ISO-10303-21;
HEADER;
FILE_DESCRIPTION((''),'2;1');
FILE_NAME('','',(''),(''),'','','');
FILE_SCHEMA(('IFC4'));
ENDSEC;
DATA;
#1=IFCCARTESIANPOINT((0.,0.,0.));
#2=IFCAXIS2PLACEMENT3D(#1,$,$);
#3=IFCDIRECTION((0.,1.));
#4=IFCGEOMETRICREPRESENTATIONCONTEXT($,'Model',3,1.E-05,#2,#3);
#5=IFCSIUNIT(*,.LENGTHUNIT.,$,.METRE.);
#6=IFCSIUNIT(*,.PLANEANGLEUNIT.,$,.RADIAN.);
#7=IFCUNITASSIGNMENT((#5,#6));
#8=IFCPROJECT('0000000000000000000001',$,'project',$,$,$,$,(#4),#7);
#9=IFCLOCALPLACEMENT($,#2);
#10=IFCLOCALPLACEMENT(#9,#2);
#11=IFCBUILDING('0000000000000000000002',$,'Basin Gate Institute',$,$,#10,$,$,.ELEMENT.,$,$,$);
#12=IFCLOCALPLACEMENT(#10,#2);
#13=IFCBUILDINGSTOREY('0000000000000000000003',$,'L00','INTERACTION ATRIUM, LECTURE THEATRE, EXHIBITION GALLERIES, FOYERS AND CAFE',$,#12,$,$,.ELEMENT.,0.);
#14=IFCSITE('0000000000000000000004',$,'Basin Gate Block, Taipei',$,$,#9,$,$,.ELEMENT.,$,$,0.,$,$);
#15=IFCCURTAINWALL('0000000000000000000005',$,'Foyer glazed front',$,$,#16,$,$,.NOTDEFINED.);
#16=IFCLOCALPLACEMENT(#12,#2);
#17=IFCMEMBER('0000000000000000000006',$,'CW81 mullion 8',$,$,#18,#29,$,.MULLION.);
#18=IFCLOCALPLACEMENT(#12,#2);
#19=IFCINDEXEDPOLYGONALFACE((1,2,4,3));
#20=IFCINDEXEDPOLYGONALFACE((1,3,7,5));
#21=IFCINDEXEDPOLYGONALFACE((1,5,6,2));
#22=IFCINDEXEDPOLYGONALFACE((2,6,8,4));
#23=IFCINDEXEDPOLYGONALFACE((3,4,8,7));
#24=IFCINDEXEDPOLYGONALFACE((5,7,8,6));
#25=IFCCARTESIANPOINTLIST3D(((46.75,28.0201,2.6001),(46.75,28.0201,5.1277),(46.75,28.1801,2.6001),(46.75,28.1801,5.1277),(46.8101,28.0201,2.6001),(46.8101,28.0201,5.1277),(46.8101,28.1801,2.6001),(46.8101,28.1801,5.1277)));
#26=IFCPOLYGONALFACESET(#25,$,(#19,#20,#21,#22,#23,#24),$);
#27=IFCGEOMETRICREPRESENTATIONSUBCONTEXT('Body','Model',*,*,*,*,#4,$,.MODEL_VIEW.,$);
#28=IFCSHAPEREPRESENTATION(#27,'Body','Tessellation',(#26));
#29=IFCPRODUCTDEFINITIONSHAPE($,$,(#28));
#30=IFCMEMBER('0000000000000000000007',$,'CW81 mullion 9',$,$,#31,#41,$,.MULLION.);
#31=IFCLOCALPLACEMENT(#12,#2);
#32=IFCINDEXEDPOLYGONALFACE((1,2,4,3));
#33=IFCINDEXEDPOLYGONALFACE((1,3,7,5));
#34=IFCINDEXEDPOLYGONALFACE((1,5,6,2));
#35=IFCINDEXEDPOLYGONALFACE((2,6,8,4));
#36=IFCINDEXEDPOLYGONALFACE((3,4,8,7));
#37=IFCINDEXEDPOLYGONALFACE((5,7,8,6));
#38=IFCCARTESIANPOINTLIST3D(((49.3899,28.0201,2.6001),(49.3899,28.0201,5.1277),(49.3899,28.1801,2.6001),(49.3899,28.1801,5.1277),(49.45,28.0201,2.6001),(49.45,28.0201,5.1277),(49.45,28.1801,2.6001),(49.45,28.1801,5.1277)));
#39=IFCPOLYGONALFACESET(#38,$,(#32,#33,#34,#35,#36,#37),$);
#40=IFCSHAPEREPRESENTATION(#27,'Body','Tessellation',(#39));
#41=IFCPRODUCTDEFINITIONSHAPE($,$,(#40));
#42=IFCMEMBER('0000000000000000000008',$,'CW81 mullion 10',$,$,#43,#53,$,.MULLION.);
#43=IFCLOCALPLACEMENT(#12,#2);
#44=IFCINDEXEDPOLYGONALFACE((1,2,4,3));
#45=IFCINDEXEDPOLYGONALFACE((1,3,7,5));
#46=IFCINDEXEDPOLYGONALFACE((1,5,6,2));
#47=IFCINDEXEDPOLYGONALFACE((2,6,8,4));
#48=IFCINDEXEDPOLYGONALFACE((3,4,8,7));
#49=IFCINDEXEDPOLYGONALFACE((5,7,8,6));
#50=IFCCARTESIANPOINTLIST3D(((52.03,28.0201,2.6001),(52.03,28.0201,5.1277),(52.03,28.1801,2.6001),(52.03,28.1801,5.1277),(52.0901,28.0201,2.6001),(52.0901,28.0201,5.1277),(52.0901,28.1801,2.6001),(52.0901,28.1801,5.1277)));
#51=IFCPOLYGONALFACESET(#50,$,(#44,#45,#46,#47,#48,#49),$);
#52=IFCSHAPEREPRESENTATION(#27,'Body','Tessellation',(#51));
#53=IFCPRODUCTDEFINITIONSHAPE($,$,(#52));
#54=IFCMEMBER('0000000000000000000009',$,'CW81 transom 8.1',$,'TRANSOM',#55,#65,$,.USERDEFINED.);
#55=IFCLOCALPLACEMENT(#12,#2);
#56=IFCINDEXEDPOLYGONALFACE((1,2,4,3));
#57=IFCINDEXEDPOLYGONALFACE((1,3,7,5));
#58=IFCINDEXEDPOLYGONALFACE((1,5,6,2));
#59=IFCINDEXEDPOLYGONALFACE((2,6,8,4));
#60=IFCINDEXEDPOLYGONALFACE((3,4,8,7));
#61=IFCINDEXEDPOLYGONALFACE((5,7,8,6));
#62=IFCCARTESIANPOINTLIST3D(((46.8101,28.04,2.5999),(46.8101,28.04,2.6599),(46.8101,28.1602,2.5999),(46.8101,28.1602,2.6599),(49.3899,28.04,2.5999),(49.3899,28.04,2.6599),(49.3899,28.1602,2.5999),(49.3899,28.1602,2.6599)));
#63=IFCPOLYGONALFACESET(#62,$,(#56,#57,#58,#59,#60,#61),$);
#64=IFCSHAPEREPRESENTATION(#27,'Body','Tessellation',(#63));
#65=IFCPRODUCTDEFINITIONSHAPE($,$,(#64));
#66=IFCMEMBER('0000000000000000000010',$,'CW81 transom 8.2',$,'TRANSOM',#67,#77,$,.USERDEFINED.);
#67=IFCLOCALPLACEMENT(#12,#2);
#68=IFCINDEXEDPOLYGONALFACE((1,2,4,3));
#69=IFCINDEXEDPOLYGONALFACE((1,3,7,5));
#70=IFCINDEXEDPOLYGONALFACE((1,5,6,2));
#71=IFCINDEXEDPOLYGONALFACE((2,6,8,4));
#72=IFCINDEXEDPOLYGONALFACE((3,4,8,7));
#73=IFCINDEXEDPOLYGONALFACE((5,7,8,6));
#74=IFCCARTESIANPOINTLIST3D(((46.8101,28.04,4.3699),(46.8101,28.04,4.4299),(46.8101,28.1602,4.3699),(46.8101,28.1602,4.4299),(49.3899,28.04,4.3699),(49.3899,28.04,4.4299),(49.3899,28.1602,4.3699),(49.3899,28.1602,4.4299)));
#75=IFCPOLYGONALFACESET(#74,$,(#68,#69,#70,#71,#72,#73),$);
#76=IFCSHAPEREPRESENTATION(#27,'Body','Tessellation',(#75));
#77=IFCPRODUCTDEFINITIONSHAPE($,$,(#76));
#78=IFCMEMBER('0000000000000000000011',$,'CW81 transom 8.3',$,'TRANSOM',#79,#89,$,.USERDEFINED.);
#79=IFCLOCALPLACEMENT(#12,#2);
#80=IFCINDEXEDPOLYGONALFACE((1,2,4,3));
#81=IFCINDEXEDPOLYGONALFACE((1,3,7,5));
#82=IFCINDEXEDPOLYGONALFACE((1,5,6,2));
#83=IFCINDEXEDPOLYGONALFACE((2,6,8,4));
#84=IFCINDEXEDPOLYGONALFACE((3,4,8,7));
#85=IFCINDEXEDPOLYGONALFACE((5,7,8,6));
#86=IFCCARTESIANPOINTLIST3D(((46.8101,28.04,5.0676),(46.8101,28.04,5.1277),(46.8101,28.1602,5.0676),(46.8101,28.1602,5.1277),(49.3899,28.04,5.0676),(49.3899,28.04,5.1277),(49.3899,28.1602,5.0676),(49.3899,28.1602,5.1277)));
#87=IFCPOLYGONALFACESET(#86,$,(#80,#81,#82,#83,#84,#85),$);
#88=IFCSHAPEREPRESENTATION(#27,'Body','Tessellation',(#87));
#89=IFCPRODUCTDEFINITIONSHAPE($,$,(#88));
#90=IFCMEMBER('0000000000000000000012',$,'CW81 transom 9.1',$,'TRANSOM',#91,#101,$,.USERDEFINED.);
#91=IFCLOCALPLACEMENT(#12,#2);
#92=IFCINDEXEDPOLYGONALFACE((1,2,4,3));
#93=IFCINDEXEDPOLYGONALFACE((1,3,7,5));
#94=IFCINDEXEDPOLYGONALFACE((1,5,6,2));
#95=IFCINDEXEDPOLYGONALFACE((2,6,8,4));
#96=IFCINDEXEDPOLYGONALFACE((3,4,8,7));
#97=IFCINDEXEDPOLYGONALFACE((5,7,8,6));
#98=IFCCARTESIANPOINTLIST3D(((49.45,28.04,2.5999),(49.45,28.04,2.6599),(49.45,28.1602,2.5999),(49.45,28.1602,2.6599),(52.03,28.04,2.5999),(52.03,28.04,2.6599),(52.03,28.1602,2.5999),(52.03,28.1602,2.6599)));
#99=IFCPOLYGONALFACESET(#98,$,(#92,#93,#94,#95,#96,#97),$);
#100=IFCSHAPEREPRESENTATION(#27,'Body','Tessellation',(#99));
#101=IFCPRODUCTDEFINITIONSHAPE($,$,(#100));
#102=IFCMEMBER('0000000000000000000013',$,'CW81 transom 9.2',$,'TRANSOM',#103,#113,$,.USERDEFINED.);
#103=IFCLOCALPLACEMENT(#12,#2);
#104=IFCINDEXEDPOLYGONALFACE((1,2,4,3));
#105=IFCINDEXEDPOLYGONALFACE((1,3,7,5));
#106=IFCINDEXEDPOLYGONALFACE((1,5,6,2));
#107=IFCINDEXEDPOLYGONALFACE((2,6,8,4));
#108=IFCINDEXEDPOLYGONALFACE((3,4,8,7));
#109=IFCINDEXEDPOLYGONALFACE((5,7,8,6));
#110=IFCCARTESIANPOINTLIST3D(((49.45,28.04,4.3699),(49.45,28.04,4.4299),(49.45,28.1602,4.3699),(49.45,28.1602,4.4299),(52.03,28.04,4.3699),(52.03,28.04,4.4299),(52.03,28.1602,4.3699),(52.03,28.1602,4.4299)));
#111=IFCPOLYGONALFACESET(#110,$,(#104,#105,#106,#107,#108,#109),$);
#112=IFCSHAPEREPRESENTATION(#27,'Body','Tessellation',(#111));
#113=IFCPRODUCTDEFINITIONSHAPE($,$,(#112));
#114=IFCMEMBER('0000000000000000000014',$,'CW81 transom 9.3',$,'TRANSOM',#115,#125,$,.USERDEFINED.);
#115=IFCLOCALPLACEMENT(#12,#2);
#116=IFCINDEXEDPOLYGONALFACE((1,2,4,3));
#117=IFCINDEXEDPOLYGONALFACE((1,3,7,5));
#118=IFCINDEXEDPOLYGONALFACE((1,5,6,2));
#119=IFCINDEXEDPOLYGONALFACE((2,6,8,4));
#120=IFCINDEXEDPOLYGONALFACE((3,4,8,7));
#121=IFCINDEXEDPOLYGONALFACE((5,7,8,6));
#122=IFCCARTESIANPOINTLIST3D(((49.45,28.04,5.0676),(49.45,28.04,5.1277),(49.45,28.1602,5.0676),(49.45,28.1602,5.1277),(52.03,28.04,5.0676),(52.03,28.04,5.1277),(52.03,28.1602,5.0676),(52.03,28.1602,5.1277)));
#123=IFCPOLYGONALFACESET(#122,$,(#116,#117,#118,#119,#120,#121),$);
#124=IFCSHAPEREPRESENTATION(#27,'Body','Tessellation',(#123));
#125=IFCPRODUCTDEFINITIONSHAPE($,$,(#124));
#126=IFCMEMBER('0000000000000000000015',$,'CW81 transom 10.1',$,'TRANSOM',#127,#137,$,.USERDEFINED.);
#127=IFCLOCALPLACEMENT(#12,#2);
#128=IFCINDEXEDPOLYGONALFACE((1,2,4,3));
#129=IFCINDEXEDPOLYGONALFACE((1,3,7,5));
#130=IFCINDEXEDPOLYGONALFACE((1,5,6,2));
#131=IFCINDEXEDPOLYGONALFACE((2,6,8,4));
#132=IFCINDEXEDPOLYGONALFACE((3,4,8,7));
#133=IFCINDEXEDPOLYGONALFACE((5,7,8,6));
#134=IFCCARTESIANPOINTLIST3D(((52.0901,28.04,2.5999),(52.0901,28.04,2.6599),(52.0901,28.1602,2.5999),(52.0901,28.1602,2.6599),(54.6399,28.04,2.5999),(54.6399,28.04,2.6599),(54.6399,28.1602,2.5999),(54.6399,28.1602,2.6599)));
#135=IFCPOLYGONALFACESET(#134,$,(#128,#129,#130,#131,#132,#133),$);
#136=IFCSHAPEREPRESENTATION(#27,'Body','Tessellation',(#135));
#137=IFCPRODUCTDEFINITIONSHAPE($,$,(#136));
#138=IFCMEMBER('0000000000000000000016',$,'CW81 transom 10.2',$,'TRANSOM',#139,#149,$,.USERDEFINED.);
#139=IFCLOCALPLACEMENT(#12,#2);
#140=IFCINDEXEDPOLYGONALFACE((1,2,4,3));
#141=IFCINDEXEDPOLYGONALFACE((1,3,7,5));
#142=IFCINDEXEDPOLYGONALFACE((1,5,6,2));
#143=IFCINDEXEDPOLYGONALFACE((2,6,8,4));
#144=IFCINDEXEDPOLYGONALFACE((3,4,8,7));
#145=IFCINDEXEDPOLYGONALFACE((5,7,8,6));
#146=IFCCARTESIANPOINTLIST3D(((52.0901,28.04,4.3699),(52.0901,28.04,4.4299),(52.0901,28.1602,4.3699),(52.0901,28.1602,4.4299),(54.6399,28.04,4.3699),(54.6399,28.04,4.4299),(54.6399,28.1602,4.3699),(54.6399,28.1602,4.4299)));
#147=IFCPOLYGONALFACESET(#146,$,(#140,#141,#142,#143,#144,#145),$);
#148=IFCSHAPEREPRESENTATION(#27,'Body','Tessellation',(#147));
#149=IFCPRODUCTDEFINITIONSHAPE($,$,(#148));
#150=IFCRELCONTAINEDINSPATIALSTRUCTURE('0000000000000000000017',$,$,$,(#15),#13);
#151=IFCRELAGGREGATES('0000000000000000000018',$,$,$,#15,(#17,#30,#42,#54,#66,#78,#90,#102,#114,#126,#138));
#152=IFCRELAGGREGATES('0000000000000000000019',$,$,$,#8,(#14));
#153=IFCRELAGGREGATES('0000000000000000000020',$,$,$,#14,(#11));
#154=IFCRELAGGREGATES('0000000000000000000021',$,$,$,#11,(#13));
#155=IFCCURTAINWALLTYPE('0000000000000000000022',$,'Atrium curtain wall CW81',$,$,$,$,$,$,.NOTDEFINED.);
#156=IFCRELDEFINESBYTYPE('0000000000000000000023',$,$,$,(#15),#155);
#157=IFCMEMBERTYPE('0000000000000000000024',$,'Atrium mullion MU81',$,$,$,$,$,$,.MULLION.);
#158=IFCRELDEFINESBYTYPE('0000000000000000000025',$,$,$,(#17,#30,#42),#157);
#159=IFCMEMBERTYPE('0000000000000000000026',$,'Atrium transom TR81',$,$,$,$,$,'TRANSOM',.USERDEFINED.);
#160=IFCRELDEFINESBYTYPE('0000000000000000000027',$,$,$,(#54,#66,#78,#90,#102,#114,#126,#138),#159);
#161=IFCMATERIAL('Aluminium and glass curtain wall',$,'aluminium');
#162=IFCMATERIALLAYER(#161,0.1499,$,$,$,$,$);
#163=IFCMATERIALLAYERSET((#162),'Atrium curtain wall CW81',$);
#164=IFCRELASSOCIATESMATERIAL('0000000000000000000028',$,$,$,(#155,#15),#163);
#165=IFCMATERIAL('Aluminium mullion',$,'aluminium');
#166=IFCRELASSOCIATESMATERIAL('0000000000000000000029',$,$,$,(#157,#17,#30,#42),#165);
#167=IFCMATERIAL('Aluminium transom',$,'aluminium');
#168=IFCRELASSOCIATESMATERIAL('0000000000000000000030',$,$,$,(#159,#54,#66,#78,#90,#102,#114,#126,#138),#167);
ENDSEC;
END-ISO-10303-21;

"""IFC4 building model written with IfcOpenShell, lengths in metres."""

from ifc_helpers import new_model, si_unit, direction, frame, origin, origin_2d, place, context, subcontext, project, spatial, rectangle, extrude, material, layer, layer_set, material_profile, profile_set, type_object, element, aggregate, save


model = new_model("IFC4")

# Units and contexts
model_context = context("Model", 3, precision=1e-05, world=origin(), true_north=direction((0.0, 1.0)))
body_context = subcontext(model_context, "Body", "Model", "MODEL_VIEW")
ifc_project = project(units=[si_unit("LENGTHUNIT", "METRE"), si_unit("PLANEANGLEUNIT", "RADIAN")], contexts=[model_context])

# Site, building, storey
site_placement = place(None, origin())
site = spatial("IfcSite", under=ifc_project, at=site_placement, Name="Basin Gate Block, Taipei", CompositionType="ELEMENT", RefElevation=0.0)
building_placement = place(site_placement, origin())
building = spatial("IfcBuilding", under=site, at=building_placement, Name="Basin Gate Institute", CompositionType="ELEMENT")
storey_placement = place(building_placement, origin())
storey = spatial("IfcBuildingStorey", under=building, at=storey_placement, Name="L00", Description="INTERACTION ATRIUM, LECTURE THEATRE, EXHIBITION GALLERIES, FOYERS AND CAFE", CompositionType="ELEMENT", Elevation=0.0)

# Curtain wall, members
ifc_material_1 = material(Name="Aluminium and glass curtain wall", Category="aluminium")
ifc_layer_1 = layer(ifc_material_1, 0.1499)
ifc_layer_set_1 = layer_set([ifc_layer_1], Name="Atrium curtain wall CW81")
curtain_wall_type = type_object("IfcCurtainWallType", Name="Atrium curtain wall CW81", PredefinedType="NOTDEFINED", material=ifc_layer_set_1)
curtain_wall_placement = place(storey_placement, origin())
curtain_wall = element("IfcCurtainWall", 1, at=curtain_wall_placement, inside=storey, type_object=curtain_wall_type, material=ifc_layer_set_1, Name="Foyer glazed front", PredefinedType="NOTDEFINED")
ifc_material_2 = material(Name="Aluminium mullion", Category="aluminium")
ifc_material_profile_1 = material_profile(ifc_material_2, rectangle(XDim=0.1599, YDim=0.0601, at=origin_2d()), Name="Atrium mullion MU81 160 x 60")
ifc_profile_set_1 = profile_set([ifc_material_profile_1], Name="Aluminium mullion")
member_type_1 = type_object("IfcMemberType", Name="Atrium mullion MU81", PredefinedType="MULLION", material=ifc_profile_set_1)
member_1_placement = place(storey_placement, frame((46.78, 28.1001, 2.6001), z_axis=(0.0, 0.0, 1.0), x_axis=(0.0, 1.0, 0.0)))
member_1 = element("IfcMember", 2, at=member_1_placement, type_object=member_type_1, material=ifc_profile_set_1, Name="CW81 mullion 8", PredefinedType="MULLION", context=body_context, shape_type="SweptSolid", body=[
    extrude(rectangle(XDim=0.1599, YDim=0.0601, at=origin_2d()), origin(), (0.0, 0.0, 1.0), 2.5276),
])
member_2_placement = place(storey_placement, frame((49.4199, 28.1001, 2.6001), z_axis=(0.0, 0.0, 1.0), x_axis=(0.0, 1.0, 0.0)))
member_2 = element("IfcMember", 3, at=member_2_placement, type_object=member_type_1, material=ifc_profile_set_1, Name="CW81 mullion 9", PredefinedType="MULLION", context=body_context, shape_type="SweptSolid", body=[
    extrude(rectangle(XDim=0.1599, YDim=0.0601, at=origin_2d()), origin(), (0.0, 0.0, 1.0), 2.5276),
])
member_3_placement = place(storey_placement, frame((52.0601, 28.1001, 2.6001), z_axis=(0.0, 0.0, 1.0), x_axis=(0.0, 1.0, 0.0)))
member_3 = element("IfcMember", 4, at=member_3_placement, type_object=member_type_1, material=ifc_profile_set_1, Name="CW81 mullion 10", PredefinedType="MULLION", context=body_context, shape_type="SweptSolid", body=[
    extrude(rectangle(XDim=0.1599, YDim=0.0601, at=origin_2d()), origin(), (0.0, 0.0, 1.0), 2.5276),
])
ifc_material_3 = material(Name="Aluminium transom", Category="aluminium")
ifc_material_profile_2 = material_profile(ifc_material_3, rectangle(XDim=0.1201, YDim=0.0601, at=origin_2d()), Name="Atrium transom TR81 120 x 60")
ifc_profile_set_2 = profile_set([ifc_material_profile_2], Name="Aluminium transom")
member_type_2 = type_object("IfcMemberType", Name="Atrium transom TR81", ElementType="TRANSOM", PredefinedType="USERDEFINED", material=ifc_profile_set_2)
member_4_placement = place(storey_placement, frame((46.8101, 28.1001, 2.6299), z_axis=(1.0, 0.0, 0.0), x_axis=(0.0, 1.0, 0.0)))
member_4 = element("IfcMember", 5, at=member_4_placement, type_object=member_type_2, material=ifc_profile_set_2, Name="CW81 transom 8.1", ObjectType="TRANSOM", PredefinedType="USERDEFINED", context=body_context, shape_type="SweptSolid", body=[
    extrude(rectangle(XDim=0.1201, YDim=0.0601, at=origin_2d()), origin(), (0.0, 0.0, 1.0), 2.5798),
])
member_5_placement = place(storey_placement, frame((46.8101, 28.1001, 4.3999), z_axis=(1.0, 0.0, 0.0), x_axis=(0.0, 1.0, 0.0)))
member_5 = element("IfcMember", 6, at=member_5_placement, type_object=member_type_2, material=ifc_profile_set_2, Name="CW81 transom 8.2", ObjectType="TRANSOM", PredefinedType="USERDEFINED", context=body_context, shape_type="SweptSolid", body=[
    extrude(rectangle(XDim=0.1201, YDim=0.0601, at=origin_2d()), origin(), (0.0, 0.0, 1.0), 2.5798),
])
member_6_placement = place(storey_placement, frame((46.8101, 28.1001, 5.0977), z_axis=(1.0, 0.0, 0.0), x_axis=(0.0, 1.0, 0.0)))
member_6 = element("IfcMember", 7, at=member_6_placement, type_object=member_type_2, material=ifc_profile_set_2, Name="CW81 transom 8.3", ObjectType="TRANSOM", PredefinedType="USERDEFINED", context=body_context, shape_type="SweptSolid", body=[
    extrude(rectangle(XDim=0.1201, YDim=0.0601, at=origin_2d()), origin(), (0.0, 0.0, 1.0), 2.5798),
])
member_7_placement = place(storey_placement, frame((49.45, 28.1001, 2.6299), z_axis=(1.0, 0.0, 0.0), x_axis=(0.0, 1.0, 0.0)))
member_7 = element("IfcMember", 8, at=member_7_placement, type_object=member_type_2, material=ifc_profile_set_2, Name="CW81 transom 9.1", ObjectType="TRANSOM", PredefinedType="USERDEFINED", context=body_context, shape_type="SweptSolid", body=[
    extrude(rectangle(XDim=0.1201, YDim=0.0601, at=origin_2d()), origin(), (0.0, 0.0, 1.0), 2.5801),
])
member_8_placement = place(storey_placement, frame((49.45, 28.1001, 4.3999), z_axis=(1.0, 0.0, 0.0), x_axis=(0.0, 1.0, 0.0)))
member_8 = element("IfcMember", 9, at=member_8_placement, type_object=member_type_2, material=ifc_profile_set_2, Name="CW81 transom 9.2", ObjectType="TRANSOM", PredefinedType="USERDEFINED", context=body_context, shape_type="SweptSolid", body=[
    extrude(rectangle(XDim=0.1201, YDim=0.0601, at=origin_2d()), origin(), (0.0, 0.0, 1.0), 2.5801),
])
member_9_placement = place(storey_placement, frame((49.45, 28.1001, 5.0977), z_axis=(1.0, 0.0, 0.0), x_axis=(0.0, 1.0, 0.0)))
member_9 = element("IfcMember", 10, at=member_9_placement, type_object=member_type_2, material=ifc_profile_set_2, Name="CW81 transom 9.3", ObjectType="TRANSOM", PredefinedType="USERDEFINED", context=body_context, shape_type="SweptSolid", body=[
    extrude(rectangle(XDim=0.1201, YDim=0.0601, at=origin_2d()), origin(), (0.0, 0.0, 1.0), 2.5801),
])
member_10_placement = place(storey_placement, frame((52.0901, 28.1001, 2.6299), z_axis=(1.0, 0.0, 0.0), x_axis=(0.0, 1.0, 0.0)))
member_10 = element("IfcMember", 11, at=member_10_placement, type_object=member_type_2, material=ifc_profile_set_2, Name="CW81 transom 10.1", ObjectType="TRANSOM", PredefinedType="USERDEFINED", context=body_context, shape_type="SweptSolid", body=[
    extrude(rectangle(XDim=0.1201, YDim=0.0601, at=origin_2d()), origin(), (0.0, 0.0, 1.0), 2.5498),
])
member_11_placement = place(storey_placement, frame((52.0901, 28.1001, 4.3999), z_axis=(1.0, 0.0, 0.0), x_axis=(0.0, 1.0, 0.0)))
member_11 = element("IfcMember", 12, at=member_11_placement, type_object=member_type_2, material=ifc_profile_set_2, Name="CW81 transom 10.2", ObjectType="TRANSOM", PredefinedType="USERDEFINED", context=body_context, shape_type="SweptSolid", body=[
    extrude(rectangle(XDim=0.1201, YDim=0.0601, at=origin_2d()), origin(), (0.0, 0.0, 1.0), 2.5498),
])

aggregate(curtain_wall, [member_1, member_2, member_3, member_4, member_5, member_6, member_7, member_8, member_9, member_10, member_11])

save(model, "model.ifc")
